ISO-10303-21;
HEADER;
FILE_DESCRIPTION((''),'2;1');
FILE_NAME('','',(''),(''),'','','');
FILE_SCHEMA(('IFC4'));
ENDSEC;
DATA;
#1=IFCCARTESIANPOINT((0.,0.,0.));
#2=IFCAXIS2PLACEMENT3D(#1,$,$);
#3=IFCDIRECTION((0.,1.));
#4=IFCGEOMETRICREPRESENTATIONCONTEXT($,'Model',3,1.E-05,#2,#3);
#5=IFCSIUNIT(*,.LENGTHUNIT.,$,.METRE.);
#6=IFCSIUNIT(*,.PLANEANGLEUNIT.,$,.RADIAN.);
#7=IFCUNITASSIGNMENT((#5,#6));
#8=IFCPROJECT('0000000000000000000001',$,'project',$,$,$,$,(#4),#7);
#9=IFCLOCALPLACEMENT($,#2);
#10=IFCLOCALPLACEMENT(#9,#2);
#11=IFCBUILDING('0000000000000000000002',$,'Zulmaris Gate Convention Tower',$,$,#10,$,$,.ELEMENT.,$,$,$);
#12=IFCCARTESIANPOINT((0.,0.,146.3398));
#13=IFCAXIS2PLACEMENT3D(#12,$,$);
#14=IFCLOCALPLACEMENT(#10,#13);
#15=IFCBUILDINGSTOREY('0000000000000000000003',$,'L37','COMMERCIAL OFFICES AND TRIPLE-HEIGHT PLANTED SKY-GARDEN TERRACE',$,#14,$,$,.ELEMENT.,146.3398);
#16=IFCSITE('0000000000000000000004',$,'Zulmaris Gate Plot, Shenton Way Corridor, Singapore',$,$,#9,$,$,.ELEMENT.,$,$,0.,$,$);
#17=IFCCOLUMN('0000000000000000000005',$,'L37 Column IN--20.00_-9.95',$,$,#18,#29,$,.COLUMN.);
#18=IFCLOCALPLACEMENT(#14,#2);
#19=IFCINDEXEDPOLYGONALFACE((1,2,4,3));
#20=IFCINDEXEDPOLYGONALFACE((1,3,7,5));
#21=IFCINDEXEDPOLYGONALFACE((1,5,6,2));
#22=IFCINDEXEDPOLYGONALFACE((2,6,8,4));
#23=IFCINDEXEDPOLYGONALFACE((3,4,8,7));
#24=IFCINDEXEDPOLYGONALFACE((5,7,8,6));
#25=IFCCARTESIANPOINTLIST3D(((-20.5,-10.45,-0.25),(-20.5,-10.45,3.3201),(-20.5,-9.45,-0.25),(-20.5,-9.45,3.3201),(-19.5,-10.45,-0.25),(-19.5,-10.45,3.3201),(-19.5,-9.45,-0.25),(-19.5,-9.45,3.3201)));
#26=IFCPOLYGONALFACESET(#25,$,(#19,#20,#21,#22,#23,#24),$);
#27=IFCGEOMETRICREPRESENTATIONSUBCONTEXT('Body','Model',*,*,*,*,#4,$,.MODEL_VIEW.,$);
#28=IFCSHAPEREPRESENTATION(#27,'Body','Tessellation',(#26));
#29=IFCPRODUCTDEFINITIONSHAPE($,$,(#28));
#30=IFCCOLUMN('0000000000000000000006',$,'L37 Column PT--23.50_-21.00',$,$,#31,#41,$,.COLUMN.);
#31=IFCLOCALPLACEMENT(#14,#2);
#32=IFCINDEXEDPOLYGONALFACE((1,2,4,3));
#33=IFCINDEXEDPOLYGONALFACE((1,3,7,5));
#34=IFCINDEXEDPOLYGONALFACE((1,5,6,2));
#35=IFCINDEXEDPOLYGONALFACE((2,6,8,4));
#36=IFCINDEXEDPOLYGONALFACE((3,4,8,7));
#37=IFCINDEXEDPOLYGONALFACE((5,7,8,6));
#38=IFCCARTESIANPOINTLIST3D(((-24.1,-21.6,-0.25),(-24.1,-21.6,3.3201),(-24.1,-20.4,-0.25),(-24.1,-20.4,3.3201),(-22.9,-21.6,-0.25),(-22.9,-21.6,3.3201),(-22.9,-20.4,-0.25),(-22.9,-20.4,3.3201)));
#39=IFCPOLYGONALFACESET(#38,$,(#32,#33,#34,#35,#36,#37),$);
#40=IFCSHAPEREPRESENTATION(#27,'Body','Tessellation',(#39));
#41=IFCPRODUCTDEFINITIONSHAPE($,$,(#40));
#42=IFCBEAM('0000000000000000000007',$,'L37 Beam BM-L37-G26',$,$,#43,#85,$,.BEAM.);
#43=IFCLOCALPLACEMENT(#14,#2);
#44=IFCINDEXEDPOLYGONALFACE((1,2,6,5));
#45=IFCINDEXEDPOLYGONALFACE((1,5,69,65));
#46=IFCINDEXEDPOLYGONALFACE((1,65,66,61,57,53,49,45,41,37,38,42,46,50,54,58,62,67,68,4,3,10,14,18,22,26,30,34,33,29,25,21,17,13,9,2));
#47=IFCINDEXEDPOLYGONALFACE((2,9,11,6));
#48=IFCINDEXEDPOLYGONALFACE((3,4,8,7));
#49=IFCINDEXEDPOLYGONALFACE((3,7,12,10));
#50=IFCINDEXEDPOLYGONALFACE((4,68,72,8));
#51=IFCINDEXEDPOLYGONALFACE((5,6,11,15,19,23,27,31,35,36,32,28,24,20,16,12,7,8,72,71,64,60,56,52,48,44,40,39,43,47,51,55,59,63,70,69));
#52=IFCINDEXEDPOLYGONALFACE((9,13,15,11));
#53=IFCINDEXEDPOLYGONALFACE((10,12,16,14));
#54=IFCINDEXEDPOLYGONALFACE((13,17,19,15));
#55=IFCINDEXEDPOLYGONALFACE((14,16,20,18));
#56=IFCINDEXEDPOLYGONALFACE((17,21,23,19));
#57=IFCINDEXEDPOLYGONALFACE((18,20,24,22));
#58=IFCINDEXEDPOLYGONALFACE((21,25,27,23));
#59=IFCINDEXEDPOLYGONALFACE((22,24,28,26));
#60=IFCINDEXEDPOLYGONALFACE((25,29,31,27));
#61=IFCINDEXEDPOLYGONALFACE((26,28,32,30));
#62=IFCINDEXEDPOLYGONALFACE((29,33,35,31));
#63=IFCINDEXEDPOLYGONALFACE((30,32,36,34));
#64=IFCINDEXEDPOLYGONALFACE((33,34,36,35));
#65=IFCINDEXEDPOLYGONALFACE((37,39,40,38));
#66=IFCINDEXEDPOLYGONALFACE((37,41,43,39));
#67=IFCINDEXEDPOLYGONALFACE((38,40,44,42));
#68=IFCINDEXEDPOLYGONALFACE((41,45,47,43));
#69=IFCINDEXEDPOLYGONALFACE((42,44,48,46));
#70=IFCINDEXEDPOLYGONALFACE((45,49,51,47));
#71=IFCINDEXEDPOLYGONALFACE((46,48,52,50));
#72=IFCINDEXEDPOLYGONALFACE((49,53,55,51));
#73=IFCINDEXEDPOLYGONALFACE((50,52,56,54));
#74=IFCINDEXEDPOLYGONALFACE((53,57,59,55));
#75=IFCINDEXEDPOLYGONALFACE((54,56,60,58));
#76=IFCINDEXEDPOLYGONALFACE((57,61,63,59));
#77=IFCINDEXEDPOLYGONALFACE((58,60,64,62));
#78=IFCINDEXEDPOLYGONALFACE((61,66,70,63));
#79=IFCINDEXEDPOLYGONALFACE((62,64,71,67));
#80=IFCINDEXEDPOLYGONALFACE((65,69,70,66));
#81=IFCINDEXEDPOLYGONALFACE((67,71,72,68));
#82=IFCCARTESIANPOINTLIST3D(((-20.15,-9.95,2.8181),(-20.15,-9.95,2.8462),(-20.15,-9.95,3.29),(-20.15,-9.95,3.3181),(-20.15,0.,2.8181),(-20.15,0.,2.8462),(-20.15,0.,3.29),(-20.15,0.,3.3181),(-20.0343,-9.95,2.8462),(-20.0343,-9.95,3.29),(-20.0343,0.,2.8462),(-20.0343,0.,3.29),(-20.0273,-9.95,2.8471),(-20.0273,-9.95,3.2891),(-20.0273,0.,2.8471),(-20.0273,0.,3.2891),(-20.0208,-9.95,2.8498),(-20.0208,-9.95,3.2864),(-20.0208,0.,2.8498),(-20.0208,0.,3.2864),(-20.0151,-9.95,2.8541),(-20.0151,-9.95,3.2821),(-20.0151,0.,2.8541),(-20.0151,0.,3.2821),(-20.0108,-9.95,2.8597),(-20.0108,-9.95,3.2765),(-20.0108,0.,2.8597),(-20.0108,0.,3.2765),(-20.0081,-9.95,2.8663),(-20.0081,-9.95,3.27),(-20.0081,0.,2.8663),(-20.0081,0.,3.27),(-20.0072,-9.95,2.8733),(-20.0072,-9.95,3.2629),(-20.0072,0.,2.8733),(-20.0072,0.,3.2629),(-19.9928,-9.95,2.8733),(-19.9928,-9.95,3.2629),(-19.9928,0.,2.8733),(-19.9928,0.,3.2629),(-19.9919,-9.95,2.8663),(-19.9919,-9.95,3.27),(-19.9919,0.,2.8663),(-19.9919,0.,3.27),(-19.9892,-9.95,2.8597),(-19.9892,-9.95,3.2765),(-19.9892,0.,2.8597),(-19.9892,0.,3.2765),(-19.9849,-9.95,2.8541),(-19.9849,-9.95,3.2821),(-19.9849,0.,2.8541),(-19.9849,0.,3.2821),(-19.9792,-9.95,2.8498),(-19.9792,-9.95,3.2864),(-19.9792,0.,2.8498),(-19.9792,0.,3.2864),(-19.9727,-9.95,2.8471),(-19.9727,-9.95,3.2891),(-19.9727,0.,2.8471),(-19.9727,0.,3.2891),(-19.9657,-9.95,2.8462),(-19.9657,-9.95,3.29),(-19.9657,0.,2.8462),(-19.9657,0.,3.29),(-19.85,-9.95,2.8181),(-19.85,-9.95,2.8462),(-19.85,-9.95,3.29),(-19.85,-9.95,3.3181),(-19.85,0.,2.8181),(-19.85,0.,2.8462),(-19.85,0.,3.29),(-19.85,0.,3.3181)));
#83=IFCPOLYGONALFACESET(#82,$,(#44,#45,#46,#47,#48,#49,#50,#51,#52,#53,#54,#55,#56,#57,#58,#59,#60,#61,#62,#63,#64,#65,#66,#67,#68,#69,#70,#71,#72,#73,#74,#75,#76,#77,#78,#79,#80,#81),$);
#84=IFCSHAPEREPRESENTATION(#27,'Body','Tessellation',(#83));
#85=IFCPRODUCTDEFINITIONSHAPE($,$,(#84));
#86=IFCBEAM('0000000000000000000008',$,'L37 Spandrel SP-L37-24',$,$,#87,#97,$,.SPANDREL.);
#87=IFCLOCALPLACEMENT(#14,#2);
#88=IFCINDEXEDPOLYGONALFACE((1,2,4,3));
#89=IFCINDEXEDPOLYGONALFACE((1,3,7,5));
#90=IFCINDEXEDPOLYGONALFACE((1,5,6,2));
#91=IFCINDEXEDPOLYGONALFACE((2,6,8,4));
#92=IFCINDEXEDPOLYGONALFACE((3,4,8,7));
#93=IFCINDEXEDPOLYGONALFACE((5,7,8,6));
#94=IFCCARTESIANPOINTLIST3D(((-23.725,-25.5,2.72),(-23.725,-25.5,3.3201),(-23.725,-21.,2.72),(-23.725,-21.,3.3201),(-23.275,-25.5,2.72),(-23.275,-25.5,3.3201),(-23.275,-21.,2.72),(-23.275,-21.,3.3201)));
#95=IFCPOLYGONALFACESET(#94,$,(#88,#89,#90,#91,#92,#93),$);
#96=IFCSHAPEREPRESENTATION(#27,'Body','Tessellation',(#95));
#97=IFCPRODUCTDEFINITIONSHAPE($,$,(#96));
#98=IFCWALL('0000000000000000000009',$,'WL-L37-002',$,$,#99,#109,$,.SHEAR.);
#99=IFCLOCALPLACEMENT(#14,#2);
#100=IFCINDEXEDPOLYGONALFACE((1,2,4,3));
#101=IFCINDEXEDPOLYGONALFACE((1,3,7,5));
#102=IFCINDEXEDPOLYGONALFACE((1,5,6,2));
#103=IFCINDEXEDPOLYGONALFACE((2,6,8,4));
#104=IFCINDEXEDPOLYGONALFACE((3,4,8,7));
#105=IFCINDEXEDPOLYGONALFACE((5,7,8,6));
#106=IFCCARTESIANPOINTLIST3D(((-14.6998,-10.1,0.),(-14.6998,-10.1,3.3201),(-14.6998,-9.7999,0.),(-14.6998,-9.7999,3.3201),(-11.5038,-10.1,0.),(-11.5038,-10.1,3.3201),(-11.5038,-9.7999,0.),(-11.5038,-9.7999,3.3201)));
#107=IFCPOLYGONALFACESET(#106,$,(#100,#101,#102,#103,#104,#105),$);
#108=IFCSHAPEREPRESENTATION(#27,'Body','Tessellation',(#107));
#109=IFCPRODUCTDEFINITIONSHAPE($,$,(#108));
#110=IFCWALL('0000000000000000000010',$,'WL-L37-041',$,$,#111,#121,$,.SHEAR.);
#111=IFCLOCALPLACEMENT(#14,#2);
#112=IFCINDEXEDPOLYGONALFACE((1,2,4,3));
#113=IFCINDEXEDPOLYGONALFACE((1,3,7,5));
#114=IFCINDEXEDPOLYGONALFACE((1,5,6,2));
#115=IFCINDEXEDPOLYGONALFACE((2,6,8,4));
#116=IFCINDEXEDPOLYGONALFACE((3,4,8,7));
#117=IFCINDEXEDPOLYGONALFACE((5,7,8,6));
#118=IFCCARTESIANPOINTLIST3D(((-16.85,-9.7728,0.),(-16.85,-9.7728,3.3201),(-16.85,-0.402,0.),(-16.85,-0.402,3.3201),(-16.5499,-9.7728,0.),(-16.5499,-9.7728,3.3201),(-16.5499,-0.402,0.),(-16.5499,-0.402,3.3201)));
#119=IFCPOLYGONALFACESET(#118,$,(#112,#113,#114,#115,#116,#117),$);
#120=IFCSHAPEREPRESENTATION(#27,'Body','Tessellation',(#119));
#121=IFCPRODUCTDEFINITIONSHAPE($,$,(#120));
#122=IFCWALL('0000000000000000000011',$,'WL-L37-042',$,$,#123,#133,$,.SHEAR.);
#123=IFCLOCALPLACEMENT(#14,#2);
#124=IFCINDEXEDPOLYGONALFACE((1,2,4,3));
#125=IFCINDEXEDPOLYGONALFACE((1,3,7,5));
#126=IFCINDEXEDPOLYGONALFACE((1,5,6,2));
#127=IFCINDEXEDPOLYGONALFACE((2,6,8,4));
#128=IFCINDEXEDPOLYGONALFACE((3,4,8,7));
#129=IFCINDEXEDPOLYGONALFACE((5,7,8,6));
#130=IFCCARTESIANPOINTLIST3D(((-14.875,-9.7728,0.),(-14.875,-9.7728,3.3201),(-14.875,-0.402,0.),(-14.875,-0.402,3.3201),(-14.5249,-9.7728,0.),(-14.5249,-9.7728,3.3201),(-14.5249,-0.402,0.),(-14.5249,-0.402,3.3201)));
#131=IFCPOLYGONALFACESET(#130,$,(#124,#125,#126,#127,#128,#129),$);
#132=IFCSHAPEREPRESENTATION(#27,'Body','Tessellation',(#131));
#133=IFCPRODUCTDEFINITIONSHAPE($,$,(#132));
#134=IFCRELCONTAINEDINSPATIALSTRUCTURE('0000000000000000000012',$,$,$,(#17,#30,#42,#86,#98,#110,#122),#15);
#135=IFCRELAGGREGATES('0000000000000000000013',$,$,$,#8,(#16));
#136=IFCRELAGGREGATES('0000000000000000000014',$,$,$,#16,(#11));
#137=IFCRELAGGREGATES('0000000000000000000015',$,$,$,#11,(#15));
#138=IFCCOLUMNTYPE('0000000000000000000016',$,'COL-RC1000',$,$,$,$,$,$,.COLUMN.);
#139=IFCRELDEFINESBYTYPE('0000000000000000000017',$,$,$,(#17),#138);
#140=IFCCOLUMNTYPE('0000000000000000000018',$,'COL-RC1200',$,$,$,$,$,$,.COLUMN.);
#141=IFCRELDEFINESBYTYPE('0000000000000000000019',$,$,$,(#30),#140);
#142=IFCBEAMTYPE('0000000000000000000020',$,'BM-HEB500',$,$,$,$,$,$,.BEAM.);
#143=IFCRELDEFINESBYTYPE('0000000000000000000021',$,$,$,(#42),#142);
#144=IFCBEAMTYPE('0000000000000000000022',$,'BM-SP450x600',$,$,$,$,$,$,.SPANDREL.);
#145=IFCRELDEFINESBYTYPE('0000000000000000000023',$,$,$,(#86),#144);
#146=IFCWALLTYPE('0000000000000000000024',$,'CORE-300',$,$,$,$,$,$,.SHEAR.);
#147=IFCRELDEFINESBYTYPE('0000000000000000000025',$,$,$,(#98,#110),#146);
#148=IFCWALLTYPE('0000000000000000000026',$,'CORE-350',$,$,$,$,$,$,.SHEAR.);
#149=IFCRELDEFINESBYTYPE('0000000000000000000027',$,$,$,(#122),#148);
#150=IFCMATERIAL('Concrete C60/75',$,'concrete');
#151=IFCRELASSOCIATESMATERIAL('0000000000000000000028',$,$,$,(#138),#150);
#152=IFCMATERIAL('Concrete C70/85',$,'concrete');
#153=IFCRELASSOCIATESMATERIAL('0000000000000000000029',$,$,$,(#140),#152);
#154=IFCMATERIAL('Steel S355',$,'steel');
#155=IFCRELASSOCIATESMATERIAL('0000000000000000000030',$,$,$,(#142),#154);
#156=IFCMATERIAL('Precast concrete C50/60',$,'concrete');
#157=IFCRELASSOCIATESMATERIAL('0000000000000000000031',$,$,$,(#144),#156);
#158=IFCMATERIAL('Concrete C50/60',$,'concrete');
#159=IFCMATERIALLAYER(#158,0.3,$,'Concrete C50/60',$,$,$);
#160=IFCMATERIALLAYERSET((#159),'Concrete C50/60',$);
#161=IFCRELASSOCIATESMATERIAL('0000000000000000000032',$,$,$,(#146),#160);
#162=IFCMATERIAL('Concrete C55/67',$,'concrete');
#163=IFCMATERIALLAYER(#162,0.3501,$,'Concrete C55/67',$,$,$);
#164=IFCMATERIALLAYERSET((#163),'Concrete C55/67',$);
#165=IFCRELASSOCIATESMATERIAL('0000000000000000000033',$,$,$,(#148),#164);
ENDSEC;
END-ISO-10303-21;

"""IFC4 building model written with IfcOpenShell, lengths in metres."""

from ifc_helpers import new_model, si_unit, direction, frame, frame_2d, origin, origin_2d, place, context, subcontext, project, spatial, rectangle, i_section, extrude, material, layer, layer_set, material_profile, profile_set, type_object, element, save


model = new_model("IFC4")

# Units and contexts
model_context = context("Model", 3, precision=1e-05, world=origin(), true_north=direction((0.0, 1.0)))
body_context = subcontext(model_context, "Body", "Model", "MODEL_VIEW")
ifc_project = project(units=[si_unit("LENGTHUNIT", "METRE"), si_unit("PLANEANGLEUNIT", "RADIAN")], contexts=[model_context])

# Site, building, storey
site_placement = place(None, origin())
site = spatial("IfcSite", under=ifc_project, at=site_placement, Name="Zulmaris Gate Plot, Shenton Way Corridor, Singapore", CompositionType="ELEMENT", RefElevation=0.0)
building_placement = place(site_placement, origin())
building = spatial("IfcBuilding", under=site, at=building_placement, Name="Zulmaris Gate Convention Tower", CompositionType="ELEMENT")
storey_placement = place(building_placement, frame((0.0, 0.0, 146.3398)))
storey = spatial("IfcBuildingStorey", under=building, at=storey_placement, Name="L37", Description="COMMERCIAL OFFICES AND TRIPLE-HEIGHT PLANTED SKY-GARDEN TERRACE", CompositionType="ELEMENT", Elevation=146.3398)

# Columns
ifc_material_1 = material(Name="Concrete C60/75", Category="concrete")
ifc_material_profile_1 = material_profile(ifc_material_1, rectangle(XDim=1.0, YDim=1.0, at=origin_2d()), Name="RC COL 1000x1000")
ifc_profile_set_1 = profile_set([ifc_material_profile_1], Name="Concrete C60/75")
column_type_1 = type_object("IfcColumnType", Name="COL-RC1000", PredefinedType="COLUMN", material=ifc_profile_set_1)
column_1_placement = place(storey_placement, frame((-20.0, -9.95, -0.25), z_axis=(0.0, 0.0, 1.0), x_axis=(1.0, 0.0, 0.0)))
element("IfcColumn", 1, at=column_1_placement, inside=storey, type_object=column_type_1, Name="L37 Column IN--20.00_-9.95", PredefinedType="COLUMN", context=body_context, shape_type="SweptSolid", body=[
    extrude(rectangle(XDim=1.0, YDim=1.0, at=origin_2d()), origin(), (0.0, 0.0, 1.0), 3.5701),
])
ifc_material_2 = material(Name="Concrete C70/85", Category="concrete")
ifc_material_profile_2 = material_profile(ifc_material_2, rectangle(XDim=1.2, YDim=1.2, at=origin_2d()), Name="RC COL 1200x1200")
ifc_profile_set_2 = profile_set([ifc_material_profile_2], Name="Concrete C70/85")
column_type_2 = type_object("IfcColumnType", Name="COL-RC1200", PredefinedType="COLUMN", material=ifc_profile_set_2)
column_2_placement = place(storey_placement, frame((-23.5, -21.0, -0.25), z_axis=(0.0, 0.0, 1.0), x_axis=(1.0, 0.0, 0.0)))
element("IfcColumn", 2, at=column_2_placement, inside=storey, type_object=column_type_2, Name="L37 Column PT--23.50_-21.00", PredefinedType="COLUMN", context=body_context, shape_type="SweptSolid", body=[
    extrude(rectangle(XDim=1.2, YDim=1.2, at=origin_2d()), origin(), (0.0, 0.0, 1.0), 3.5701),
])

# Beams
ifc_material_3 = material(Name="Steel S355", Category="steel")
ifc_material_profile_3 = material_profile(ifc_material_3, i_section(OverallWidth=0.3, OverallDepth=0.5, WebThickness=0.0144, FlangeThickness=0.0281, FilletRadius=0.0271, at=origin_2d()), Name="HEB 500")
ifc_profile_set_3 = profile_set([ifc_material_profile_3], Name="Steel S355")
beam_type_1 = type_object("IfcBeamType", Name="BM-HEB500", PredefinedType="BEAM", material=ifc_profile_set_3)
beam_1_placement = place(storey_placement, frame((-20.0, -9.95, 3.0681), z_axis=(0.0, 1.0, 0.0), x_axis=(-1.0, 0.0, 0.0)))
element("IfcBeam", 3, at=beam_1_placement, inside=storey, type_object=beam_type_1, Name="L37 Beam BM-L37-G26", PredefinedType="BEAM", context=body_context, shape_type="SweptSolid", body=[
    extrude(i_section(OverallWidth=0.3, OverallDepth=0.5, WebThickness=0.0144, FlangeThickness=0.0281, FilletRadius=0.0271, at=origin_2d()), origin(), (0.0, 0.0, 1.0), 9.95),
])
ifc_material_4 = material(Name="Precast concrete C50/60", Category="concrete")
ifc_material_profile_4 = material_profile(ifc_material_4, rectangle(XDim=0.45, YDim=0.6001, at=origin_2d()), Name="RC SPANDREL 450x600")
ifc_profile_set_4 = profile_set([ifc_material_profile_4], Name="Precast concrete C50/60")
beam_type_2 = type_object("IfcBeamType", Name="BM-SP450x600", PredefinedType="SPANDREL", material=ifc_profile_set_4)
beam_2_placement = place(storey_placement, frame((-23.5, -21.0, 3.02), z_axis=(0.0, -1.0, 0.0), x_axis=(1.0, 0.0, 0.0)))
element("IfcBeam", 4, at=beam_2_placement, inside=storey, type_object=beam_type_2, Name="L37 Spandrel SP-L37-24", PredefinedType="SPANDREL", context=body_context, shape_type="SweptSolid", body=[
    extrude(rectangle(XDim=0.45, YDim=0.6001, at=origin_2d()), origin(), (0.0, 0.0, 1.0), 4.5),
])

# Walls
ifc_material_5 = material(Name="Concrete C50/60", Category="concrete")
ifc_layer_1 = layer(ifc_material_5, 0.3, Name="Concrete C50/60")
ifc_layer_set_1 = layer_set([ifc_layer_1], Name="Concrete C50/60")
wall_type_1 = type_object("IfcWallType", Name="CORE-300", PredefinedType="SHEAR", material=ifc_layer_set_1)
wall_1_placement = place(storey_placement, frame((-14.7, -9.95, 0.0), z_axis=(0.0, 0.0, 1.0), x_axis=(1.0, 0.0, 0.0)))
element("IfcWall", 5, at=wall_1_placement, inside=storey, type_object=wall_type_1, Name="WL-L37-002", PredefinedType="SHEAR", context=body_context, shape_type="SweptSolid", body=[
    extrude(rectangle(XDim=3.196, YDim=0.3, at=frame_2d((1.5981, 0.0))), origin(), (0.0, 0.0, 1.0), 3.3201),
])
wall_2_placement = place(storey_placement, frame((-16.7, -9.7729, 0.0), z_axis=(0.0, 0.0, 1.0), x_axis=(0.0, 1.0, 0.0)))
element("IfcWall", 6, at=wall_2_placement, inside=storey, type_object=wall_type_1, Name="WL-L37-041", PredefinedType="SHEAR", context=body_context, shape_type="SweptSolid", body=[
    extrude(rectangle(XDim=9.3708, YDim=0.3, at=frame_2d((4.6855, 0.0))), origin(), (0.0, 0.0, 1.0), 3.3201),
])

# Shared definitions
ifc_material_6 = material(Name="Concrete C55/67", Category="concrete")
ifc_layer_2 = layer(ifc_material_6, 0.3501, Name="Concrete C55/67")
ifc_layer_set_2 = layer_set([ifc_layer_2], Name="Concrete C55/67")
wall_type_2 = type_object("IfcWallType", Name="CORE-350", PredefinedType="SHEAR", material=ifc_layer_set_2)

# Wall
wall_3_placement = place(storey_placement, frame((-14.7, -9.7729, 0.0), z_axis=(0.0, 0.0, 1.0), x_axis=(0.0, 1.0, 0.0)))
element("IfcWall", 7, at=wall_3_placement, inside=storey, type_object=wall_type_2, Name="WL-L37-042", PredefinedType="SHEAR", context=body_context, shape_type="SweptSolid", body=[
    extrude(rectangle(XDim=9.3708, YDim=0.3501, at=frame_2d((4.6855, 0.0))), origin(), (0.0, 0.0, 1.0), 3.3201),
])

save(model, "model.ifc")
